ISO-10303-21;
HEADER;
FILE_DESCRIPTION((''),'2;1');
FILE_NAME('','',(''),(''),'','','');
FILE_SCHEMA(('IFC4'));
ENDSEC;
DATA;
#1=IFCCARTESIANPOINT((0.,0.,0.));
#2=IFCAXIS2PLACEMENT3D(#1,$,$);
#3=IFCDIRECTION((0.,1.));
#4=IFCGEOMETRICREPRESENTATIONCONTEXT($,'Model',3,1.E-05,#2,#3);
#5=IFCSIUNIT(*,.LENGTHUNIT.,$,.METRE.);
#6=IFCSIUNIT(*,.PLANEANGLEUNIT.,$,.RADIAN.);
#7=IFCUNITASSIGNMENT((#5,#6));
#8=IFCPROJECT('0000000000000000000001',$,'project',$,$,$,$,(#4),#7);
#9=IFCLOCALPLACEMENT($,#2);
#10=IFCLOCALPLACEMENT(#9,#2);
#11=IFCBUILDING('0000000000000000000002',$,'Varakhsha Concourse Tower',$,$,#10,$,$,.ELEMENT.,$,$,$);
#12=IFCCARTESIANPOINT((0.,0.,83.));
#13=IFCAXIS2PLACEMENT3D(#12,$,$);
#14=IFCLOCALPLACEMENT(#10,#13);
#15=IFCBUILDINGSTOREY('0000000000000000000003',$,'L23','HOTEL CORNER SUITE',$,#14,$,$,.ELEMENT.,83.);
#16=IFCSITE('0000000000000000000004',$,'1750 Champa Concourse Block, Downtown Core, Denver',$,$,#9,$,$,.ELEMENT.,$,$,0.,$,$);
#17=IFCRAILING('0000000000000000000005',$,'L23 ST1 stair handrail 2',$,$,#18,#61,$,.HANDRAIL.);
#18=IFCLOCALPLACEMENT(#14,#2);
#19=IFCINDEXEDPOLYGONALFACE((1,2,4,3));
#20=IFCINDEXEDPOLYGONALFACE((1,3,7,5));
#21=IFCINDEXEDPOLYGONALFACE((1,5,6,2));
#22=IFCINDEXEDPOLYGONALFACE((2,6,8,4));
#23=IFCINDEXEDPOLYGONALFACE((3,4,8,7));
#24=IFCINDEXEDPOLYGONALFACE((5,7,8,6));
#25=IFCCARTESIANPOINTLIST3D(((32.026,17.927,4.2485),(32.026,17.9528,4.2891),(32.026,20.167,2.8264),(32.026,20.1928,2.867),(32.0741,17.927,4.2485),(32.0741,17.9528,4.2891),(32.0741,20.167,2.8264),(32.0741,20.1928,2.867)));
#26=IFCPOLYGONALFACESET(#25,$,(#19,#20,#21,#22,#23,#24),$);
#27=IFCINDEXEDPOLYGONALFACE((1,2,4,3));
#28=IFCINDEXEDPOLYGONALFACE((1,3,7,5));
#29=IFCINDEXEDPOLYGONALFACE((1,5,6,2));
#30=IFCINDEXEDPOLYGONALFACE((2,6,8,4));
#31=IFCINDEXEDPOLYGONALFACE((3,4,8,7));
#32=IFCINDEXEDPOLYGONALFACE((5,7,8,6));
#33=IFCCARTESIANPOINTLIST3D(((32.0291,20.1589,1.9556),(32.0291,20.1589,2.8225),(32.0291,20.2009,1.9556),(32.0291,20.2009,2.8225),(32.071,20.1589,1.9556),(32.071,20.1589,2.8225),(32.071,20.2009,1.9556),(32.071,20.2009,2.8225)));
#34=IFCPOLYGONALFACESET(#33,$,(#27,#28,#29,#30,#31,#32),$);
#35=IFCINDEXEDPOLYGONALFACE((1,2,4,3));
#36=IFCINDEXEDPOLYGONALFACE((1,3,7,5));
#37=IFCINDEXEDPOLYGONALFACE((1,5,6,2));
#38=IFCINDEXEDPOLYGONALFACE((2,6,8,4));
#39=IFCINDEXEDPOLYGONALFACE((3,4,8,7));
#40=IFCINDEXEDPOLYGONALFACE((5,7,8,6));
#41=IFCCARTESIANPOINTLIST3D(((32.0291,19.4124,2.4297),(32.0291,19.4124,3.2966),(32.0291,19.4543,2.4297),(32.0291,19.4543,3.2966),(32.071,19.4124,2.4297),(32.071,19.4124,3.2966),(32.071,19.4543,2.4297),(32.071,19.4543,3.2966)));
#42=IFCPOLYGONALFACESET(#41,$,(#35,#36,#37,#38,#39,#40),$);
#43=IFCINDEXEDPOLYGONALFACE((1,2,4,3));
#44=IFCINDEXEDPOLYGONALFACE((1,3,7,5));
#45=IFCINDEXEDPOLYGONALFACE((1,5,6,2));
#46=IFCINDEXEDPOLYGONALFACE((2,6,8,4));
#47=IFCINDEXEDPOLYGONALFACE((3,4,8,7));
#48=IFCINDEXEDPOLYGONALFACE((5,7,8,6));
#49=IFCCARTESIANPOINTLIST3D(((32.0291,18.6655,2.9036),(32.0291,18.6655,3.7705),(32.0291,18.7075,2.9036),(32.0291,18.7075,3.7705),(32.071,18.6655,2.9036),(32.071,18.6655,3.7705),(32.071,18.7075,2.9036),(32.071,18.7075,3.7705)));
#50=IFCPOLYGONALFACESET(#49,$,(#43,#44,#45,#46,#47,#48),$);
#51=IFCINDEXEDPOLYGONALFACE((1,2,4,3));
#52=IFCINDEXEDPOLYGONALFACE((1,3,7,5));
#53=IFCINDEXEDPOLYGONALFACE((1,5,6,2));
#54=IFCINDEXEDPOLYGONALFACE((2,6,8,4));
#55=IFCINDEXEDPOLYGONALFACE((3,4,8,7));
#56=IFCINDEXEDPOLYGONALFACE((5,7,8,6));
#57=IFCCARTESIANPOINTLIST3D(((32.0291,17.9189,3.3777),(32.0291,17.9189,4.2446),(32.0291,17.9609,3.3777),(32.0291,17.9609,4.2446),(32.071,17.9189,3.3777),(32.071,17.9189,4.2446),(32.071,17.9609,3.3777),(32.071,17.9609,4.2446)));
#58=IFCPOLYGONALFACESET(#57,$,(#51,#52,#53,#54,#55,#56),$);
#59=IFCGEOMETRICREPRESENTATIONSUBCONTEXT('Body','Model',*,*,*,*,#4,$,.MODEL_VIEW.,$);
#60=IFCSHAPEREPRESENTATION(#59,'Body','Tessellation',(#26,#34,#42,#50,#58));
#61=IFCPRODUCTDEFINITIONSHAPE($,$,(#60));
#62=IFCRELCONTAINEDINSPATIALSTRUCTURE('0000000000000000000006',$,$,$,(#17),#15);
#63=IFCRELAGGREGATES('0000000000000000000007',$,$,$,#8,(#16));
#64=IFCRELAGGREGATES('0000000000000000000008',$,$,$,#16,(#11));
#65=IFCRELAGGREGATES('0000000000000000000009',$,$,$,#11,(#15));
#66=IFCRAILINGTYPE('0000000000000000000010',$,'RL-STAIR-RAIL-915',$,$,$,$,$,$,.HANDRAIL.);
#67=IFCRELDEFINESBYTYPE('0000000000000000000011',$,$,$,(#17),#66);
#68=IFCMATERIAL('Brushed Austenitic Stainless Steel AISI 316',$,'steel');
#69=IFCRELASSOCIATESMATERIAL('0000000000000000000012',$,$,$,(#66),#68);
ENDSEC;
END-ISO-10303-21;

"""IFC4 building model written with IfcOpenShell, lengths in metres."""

from ifc_helpers import new_model, si_unit, direction, frame, origin, origin_2d, place, context, subcontext, project, spatial, rectangle, extrude, material, type_object, element, save


model = new_model("IFC4")

# Units and contexts
model_context = context("Model", 3, precision=1e-05, world=origin(), true_north=direction((0.0, 1.0)))
body_context = subcontext(model_context, "Body", "Model", "MODEL_VIEW")
ifc_project = project(units=[si_unit("LENGTHUNIT", "METRE"), si_unit("PLANEANGLEUNIT", "RADIAN")], contexts=[model_context])

# Site, building, storey
site_placement = place(None, origin())
site = spatial("IfcSite", under=ifc_project, at=site_placement, Name="1750 Champa Concourse Block, Downtown Core, Denver", CompositionType="ELEMENT", RefElevation=0.0)
building_placement = place(site_placement, origin())
building = spatial("IfcBuilding", under=site, at=building_placement, Name="Varakhsha Concourse Tower", CompositionType="ELEMENT")
storey_placement = place(building_placement, frame((0.0, 0.0, 83.0)))
storey = spatial("IfcBuildingStorey", under=building, at=storey_placement, Name="L23", Description="HOTEL CORNER SUITE", CompositionType="ELEMENT", Elevation=83.0)

# Railing
ifc_material_1 = material(Name="Brushed Austenitic Stainless Steel AISI 316", Category="steel")
railing_type_1 = type_object("IfcRailingType", Name="RL-STAIR-RAIL-915", PredefinedType="HANDRAIL", material=ifc_material_1)
railing_1_placement = place(storey_placement, frame((32.05, 20.1799, 1.9556)))
element("IfcRailing", 1, at=railing_1_placement, inside=storey, type_object=railing_type_1, Name="L23 ST1 stair handrail 2", PredefinedType="HANDRAIL", context=body_context, shape_type="SweptSolid", body=[
    extrude(rectangle(XDim=0.0481, YDim=0.0481, at=origin_2d()), frame((0.0, 0.0, 0.8911), z_axis=(0.0, -0.844229, 0.535982), x_axis=(1.0, 0.0, 0.0)), (0.0, 0.0, 1.0), 2.6533),
    extrude(rectangle(XDim=0.042, YDim=0.042, at=origin_2d()), origin(), (0.0, 0.0, 1.0), 0.8669),
    extrude(rectangle(XDim=0.042, YDim=0.042, at=origin_2d()), frame((0.0, -0.7466, 0.4741)), (0.0, 0.0, 1.0), 0.8669),
    extrude(rectangle(XDim=0.042, YDim=0.042, at=origin_2d()), frame((0.0, -1.4934, 0.948)), (0.0, 0.0, 1.0), 0.8669),
    extrude(rectangle(XDim=0.042, YDim=0.042, at=origin_2d()), frame((0.0, -2.24, 1.4221)), (0.0, 0.0, 1.0), 0.8669),
])

save(model, "model.ifc")
